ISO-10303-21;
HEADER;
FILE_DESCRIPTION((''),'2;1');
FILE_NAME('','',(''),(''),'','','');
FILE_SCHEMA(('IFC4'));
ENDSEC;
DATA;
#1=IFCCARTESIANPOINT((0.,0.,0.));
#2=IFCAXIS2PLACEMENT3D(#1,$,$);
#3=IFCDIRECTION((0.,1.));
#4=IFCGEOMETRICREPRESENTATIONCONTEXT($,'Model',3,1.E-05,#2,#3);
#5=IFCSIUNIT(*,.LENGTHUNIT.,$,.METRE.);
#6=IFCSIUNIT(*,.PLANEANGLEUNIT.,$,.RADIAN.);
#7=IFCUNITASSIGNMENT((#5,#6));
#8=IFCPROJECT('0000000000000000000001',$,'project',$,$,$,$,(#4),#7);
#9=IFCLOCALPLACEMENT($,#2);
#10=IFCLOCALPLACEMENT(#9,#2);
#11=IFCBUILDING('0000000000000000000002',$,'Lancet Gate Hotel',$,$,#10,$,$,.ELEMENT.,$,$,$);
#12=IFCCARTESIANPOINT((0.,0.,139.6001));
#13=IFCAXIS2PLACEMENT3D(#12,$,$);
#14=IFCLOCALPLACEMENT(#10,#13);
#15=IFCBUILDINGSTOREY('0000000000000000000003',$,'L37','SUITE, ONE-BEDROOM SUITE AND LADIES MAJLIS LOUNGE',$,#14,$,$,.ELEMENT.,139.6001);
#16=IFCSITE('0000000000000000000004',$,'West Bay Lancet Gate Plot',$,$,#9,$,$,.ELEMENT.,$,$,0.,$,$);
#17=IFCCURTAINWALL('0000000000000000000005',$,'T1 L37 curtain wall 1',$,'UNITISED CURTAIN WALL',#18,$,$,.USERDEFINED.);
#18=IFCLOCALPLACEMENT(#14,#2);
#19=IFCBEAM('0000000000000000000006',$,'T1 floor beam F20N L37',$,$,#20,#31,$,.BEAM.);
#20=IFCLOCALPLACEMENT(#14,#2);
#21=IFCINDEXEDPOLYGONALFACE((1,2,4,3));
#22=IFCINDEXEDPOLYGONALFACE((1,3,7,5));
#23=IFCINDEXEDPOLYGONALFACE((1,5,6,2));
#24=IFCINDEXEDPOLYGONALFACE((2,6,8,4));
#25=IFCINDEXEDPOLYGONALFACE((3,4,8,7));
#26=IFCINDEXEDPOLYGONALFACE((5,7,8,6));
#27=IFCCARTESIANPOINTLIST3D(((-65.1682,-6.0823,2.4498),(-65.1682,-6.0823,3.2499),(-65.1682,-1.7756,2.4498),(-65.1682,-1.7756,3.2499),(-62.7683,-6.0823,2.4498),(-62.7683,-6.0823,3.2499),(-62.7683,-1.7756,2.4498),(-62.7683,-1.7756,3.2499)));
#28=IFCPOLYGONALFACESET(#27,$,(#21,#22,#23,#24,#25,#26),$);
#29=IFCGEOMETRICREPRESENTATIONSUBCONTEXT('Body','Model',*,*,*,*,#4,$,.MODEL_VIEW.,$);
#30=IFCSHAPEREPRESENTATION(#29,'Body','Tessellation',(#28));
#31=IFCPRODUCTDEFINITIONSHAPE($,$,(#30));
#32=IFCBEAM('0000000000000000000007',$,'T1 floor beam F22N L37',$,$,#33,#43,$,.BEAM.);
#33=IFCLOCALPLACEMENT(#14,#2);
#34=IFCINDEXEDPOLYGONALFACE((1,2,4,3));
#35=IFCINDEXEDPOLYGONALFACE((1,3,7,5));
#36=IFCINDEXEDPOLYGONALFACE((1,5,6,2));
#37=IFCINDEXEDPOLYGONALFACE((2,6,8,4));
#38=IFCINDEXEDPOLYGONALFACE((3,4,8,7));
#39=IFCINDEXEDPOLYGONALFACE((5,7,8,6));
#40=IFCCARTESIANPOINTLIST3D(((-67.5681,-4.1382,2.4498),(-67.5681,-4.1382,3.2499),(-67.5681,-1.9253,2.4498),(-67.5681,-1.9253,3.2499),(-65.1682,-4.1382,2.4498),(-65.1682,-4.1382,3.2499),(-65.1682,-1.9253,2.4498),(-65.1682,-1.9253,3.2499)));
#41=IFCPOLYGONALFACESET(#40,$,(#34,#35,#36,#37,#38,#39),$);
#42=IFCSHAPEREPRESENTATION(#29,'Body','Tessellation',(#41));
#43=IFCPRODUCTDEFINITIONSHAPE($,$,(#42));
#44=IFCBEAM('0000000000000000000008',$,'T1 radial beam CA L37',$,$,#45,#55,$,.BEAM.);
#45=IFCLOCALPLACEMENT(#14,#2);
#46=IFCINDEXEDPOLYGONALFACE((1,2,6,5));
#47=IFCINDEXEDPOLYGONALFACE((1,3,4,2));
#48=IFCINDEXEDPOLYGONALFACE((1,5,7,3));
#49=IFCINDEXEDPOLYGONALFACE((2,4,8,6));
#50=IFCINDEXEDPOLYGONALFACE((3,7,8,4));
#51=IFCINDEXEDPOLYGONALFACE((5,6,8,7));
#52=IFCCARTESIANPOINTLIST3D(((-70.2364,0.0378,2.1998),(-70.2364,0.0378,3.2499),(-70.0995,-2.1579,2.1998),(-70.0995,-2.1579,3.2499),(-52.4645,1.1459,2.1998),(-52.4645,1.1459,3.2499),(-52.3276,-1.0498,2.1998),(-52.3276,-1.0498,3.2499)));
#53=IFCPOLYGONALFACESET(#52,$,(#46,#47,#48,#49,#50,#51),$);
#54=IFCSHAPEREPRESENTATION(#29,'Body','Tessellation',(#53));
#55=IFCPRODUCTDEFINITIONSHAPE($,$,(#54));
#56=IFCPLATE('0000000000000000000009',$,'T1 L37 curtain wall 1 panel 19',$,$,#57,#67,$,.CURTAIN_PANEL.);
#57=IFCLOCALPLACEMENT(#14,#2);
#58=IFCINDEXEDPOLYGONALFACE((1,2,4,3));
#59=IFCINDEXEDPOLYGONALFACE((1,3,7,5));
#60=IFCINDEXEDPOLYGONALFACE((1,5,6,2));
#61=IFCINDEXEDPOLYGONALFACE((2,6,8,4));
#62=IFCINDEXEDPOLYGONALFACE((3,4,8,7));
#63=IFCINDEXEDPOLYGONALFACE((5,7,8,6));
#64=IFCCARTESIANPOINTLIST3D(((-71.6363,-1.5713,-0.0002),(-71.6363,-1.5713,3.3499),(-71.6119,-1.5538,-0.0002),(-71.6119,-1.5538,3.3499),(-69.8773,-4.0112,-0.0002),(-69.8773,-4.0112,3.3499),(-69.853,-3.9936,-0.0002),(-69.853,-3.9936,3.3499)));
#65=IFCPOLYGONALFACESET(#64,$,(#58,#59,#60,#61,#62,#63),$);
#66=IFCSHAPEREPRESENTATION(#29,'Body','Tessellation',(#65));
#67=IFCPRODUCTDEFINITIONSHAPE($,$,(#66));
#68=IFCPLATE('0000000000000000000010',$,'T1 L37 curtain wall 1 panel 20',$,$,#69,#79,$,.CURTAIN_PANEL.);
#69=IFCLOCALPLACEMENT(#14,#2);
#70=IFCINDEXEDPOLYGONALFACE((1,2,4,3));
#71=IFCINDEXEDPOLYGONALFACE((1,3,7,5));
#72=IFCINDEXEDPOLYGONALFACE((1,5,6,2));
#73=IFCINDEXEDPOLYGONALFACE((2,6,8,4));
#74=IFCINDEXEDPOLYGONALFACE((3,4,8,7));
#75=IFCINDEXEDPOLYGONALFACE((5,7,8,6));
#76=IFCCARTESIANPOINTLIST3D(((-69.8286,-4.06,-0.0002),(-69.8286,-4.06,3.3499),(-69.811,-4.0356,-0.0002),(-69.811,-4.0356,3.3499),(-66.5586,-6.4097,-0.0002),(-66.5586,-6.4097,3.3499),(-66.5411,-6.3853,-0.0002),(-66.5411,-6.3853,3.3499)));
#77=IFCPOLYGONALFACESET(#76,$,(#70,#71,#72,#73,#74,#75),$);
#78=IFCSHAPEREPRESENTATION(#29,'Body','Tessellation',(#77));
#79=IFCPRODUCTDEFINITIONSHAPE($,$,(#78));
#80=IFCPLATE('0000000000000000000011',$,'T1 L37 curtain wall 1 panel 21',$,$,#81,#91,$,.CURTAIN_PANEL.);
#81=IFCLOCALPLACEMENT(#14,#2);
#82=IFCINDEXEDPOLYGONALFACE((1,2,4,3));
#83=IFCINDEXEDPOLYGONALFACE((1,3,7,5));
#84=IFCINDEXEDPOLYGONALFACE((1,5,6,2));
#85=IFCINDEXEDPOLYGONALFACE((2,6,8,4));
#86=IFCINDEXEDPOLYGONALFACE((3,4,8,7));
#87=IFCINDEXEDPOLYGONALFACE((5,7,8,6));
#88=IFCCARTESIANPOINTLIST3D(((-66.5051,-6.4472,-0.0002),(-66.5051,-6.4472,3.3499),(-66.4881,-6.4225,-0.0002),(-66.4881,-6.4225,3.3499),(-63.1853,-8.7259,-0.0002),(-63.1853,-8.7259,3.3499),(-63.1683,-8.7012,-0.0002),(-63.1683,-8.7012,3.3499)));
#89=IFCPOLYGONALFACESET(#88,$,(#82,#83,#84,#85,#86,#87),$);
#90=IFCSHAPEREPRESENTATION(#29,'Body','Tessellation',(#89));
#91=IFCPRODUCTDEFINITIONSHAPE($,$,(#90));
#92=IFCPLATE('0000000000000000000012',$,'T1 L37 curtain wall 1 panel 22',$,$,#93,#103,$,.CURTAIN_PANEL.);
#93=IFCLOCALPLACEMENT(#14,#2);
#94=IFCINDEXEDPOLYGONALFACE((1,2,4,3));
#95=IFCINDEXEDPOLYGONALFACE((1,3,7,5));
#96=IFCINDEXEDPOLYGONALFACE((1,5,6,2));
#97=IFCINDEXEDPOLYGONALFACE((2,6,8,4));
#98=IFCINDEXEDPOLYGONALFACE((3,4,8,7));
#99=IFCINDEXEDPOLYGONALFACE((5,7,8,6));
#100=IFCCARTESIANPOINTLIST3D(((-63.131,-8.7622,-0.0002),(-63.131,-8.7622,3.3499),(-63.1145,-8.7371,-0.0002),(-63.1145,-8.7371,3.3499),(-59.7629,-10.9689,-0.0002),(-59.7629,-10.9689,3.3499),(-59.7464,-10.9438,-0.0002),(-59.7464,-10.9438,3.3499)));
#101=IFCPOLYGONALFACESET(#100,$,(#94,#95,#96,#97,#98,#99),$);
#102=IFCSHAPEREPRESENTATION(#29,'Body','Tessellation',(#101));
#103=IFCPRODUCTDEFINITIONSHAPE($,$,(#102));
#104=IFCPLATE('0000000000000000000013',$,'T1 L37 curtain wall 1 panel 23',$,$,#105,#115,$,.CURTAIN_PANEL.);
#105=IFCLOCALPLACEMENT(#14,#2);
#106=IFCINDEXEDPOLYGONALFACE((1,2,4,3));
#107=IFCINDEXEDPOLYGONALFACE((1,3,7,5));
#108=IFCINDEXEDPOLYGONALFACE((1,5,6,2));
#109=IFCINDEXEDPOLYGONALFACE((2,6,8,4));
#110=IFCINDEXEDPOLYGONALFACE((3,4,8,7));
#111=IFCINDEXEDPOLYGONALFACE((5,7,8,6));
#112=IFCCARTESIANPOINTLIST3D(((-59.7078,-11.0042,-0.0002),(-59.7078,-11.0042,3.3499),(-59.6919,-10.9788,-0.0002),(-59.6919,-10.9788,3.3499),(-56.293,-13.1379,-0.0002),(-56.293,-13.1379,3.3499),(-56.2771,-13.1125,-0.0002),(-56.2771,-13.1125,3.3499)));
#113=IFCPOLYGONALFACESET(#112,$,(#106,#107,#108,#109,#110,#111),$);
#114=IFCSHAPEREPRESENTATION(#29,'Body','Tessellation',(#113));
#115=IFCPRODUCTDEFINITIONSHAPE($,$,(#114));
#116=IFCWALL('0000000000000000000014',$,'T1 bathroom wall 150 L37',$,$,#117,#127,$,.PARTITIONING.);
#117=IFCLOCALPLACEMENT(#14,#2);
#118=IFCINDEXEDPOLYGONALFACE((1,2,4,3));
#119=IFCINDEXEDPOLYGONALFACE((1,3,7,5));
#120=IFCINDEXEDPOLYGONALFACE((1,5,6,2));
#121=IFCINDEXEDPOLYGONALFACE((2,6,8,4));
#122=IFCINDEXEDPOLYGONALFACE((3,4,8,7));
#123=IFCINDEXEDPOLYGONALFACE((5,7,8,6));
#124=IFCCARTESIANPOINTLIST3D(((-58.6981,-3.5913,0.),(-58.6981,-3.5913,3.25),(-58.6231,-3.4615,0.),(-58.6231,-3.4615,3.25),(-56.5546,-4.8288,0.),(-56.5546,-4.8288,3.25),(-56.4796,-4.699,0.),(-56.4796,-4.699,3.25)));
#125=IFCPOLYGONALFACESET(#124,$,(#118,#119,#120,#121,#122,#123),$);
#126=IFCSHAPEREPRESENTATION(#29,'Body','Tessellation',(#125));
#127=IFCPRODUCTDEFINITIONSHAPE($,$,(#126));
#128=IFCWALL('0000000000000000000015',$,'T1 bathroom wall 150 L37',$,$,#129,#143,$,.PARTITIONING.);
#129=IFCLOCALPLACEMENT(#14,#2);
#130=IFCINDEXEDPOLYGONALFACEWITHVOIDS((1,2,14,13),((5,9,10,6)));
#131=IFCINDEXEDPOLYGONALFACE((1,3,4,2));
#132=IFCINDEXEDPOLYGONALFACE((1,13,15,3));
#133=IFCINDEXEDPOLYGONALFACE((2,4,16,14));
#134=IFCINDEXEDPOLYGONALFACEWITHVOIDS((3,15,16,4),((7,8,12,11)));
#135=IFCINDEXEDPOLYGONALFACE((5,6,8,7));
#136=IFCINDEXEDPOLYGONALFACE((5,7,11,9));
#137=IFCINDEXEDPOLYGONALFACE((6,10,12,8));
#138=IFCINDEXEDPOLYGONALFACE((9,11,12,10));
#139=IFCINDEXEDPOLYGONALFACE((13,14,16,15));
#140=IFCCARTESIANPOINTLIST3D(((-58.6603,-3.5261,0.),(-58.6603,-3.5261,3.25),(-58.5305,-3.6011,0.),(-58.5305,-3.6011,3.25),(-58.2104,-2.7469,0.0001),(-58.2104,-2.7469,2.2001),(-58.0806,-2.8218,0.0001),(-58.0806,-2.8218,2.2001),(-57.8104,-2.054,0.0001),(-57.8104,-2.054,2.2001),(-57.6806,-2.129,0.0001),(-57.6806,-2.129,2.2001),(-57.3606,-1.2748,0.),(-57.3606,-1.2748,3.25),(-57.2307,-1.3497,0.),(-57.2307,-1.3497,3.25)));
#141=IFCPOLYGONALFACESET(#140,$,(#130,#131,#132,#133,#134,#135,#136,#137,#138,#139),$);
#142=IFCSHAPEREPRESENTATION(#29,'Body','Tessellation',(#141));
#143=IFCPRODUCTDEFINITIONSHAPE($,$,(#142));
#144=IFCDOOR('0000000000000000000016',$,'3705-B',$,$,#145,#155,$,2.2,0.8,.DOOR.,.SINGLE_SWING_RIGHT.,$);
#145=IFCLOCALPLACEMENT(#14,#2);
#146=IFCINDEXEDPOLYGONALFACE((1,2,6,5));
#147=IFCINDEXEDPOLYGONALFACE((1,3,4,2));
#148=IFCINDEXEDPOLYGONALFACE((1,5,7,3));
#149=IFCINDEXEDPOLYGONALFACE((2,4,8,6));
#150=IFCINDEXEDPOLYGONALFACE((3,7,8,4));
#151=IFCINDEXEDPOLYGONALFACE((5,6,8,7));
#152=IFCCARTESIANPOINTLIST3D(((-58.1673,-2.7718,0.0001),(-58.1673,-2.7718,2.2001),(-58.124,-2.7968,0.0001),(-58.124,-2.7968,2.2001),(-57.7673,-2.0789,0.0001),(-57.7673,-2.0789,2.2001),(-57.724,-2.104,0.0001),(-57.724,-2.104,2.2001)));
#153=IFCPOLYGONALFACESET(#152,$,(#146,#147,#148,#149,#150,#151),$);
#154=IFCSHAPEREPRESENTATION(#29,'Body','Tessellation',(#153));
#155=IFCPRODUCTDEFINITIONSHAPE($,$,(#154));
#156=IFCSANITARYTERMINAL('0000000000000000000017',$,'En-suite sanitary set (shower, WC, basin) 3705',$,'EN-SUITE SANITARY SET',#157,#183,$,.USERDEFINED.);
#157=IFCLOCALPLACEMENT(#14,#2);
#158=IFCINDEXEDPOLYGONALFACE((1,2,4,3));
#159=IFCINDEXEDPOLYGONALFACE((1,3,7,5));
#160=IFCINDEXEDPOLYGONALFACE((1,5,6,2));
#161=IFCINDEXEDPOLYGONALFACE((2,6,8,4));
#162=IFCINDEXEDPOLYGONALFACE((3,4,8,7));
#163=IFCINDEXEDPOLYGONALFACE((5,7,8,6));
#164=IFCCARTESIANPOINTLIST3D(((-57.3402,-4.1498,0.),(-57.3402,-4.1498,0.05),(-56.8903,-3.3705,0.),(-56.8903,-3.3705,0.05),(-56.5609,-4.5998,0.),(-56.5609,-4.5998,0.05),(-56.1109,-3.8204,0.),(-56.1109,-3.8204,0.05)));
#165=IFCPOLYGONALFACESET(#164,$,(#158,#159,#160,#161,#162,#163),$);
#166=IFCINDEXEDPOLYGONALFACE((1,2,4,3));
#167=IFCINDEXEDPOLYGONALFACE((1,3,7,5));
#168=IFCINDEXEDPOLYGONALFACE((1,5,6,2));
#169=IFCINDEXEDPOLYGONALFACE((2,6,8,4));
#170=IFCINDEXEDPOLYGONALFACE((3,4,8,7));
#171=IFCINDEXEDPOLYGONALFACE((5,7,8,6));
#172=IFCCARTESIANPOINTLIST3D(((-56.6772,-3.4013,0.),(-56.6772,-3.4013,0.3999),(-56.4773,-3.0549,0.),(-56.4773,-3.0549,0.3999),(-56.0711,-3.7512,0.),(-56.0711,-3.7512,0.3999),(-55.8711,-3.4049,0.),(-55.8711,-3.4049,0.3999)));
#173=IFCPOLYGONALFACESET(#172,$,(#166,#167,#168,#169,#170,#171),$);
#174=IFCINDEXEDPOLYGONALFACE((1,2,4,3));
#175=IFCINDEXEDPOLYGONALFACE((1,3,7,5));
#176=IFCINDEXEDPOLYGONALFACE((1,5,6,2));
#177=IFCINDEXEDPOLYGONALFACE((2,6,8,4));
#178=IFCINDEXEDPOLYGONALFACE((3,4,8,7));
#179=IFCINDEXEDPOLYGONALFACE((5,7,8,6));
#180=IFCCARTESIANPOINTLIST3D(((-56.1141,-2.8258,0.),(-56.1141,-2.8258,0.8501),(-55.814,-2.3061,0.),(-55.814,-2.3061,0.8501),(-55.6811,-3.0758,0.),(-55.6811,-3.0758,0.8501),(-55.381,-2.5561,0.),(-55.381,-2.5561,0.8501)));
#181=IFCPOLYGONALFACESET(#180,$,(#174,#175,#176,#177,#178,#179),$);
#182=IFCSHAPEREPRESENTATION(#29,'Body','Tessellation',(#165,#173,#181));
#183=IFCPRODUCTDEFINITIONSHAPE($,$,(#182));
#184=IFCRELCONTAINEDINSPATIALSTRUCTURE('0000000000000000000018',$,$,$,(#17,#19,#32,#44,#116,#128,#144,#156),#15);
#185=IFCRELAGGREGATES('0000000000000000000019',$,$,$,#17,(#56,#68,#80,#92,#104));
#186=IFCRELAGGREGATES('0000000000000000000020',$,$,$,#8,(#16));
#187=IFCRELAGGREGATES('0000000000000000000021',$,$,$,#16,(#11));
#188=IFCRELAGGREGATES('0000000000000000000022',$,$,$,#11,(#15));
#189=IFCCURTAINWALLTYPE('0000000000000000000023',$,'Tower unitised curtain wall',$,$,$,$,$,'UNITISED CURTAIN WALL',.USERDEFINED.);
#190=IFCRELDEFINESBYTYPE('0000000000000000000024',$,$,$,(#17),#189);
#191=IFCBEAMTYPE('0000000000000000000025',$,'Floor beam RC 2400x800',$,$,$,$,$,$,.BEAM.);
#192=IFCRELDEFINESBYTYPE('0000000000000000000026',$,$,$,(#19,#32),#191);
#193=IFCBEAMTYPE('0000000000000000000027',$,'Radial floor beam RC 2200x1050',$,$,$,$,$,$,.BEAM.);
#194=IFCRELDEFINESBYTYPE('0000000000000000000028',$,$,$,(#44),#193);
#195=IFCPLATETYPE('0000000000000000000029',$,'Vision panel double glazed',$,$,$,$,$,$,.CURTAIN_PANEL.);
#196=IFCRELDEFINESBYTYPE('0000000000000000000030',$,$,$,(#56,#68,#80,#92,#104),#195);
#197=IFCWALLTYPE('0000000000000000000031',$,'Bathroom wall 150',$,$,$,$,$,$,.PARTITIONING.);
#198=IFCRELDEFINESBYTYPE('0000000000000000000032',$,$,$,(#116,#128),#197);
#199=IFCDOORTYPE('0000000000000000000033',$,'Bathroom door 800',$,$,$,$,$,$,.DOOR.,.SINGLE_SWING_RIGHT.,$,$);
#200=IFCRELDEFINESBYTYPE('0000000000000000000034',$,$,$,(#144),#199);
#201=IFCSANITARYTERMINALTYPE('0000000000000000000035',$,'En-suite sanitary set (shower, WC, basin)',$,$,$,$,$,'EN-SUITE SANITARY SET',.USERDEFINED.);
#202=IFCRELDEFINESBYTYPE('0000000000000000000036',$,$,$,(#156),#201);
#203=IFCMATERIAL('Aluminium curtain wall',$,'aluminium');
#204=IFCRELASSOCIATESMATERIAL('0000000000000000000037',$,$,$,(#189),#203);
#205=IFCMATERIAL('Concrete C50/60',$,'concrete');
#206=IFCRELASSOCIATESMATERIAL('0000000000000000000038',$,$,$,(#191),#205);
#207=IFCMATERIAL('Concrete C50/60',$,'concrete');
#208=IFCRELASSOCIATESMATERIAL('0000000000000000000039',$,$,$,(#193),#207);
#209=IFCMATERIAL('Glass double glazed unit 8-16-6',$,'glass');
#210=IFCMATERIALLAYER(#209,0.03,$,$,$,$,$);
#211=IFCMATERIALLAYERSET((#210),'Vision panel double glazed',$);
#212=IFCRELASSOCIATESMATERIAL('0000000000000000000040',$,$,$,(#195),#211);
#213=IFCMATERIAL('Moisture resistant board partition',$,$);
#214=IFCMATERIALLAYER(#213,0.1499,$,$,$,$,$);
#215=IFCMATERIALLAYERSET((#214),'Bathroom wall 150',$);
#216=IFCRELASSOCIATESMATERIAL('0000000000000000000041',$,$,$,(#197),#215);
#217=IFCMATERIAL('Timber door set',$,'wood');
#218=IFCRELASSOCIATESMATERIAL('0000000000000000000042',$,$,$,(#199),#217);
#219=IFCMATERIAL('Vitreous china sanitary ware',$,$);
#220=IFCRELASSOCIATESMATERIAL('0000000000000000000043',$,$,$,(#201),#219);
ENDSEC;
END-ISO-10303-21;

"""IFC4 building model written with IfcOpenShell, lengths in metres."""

from ifc_helpers import new_model, si_unit, direction, frame, frame_2d, origin, origin_2d, place, context, subcontext, project, spatial, rectangle, extrude, material, layer, layer_set, material_profile, profile_set, type_object, element, fill, aggregate, save


model = new_model("IFC4")

# Units and contexts
model_context = context("Model", 3, precision=1e-05, world=origin(), true_north=direction((0.0, 1.0)))
body_context = subcontext(model_context, "Body", "Model", "MODEL_VIEW")
ifc_project = project(units=[si_unit("LENGTHUNIT", "METRE"), si_unit("PLANEANGLEUNIT", "RADIAN")], contexts=[model_context])

# Site, building, storey
site_placement = place(None, origin())
site = spatial("IfcSite", under=ifc_project, at=site_placement, Name="West Bay Lancet Gate Plot", CompositionType="ELEMENT", RefElevation=0.0)
building_placement = place(site_placement, origin())
building = spatial("IfcBuilding", under=site, at=building_placement, Name="Lancet Gate Hotel", CompositionType="ELEMENT")
storey_placement = place(building_placement, frame((0.0, 0.0, 139.6001)))
storey = spatial("IfcBuildingStorey", under=building, at=storey_placement, Name="L37", Description="SUITE, ONE-BEDROOM SUITE AND LADIES MAJLIS LOUNGE", CompositionType="ELEMENT", Elevation=139.6001)

# Curtain wall
ifc_material_1 = material(Name="Aluminium curtain wall", Category="aluminium")
curtain_wall_type = type_object("IfcCurtainWallType", Name="Tower unitised curtain wall", ElementType="UNITISED CURTAIN WALL", PredefinedType="USERDEFINED", material=ifc_material_1)
curtain_wall_placement = place(storey_placement, origin())
curtain_wall = element("IfcCurtainWall", 1, at=curtain_wall_placement, inside=storey, type_object=curtain_wall_type, Name="T1 L37 curtain wall 1", ObjectType="UNITISED CURTAIN WALL", PredefinedType="USERDEFINED")

# Beams
ifc_material_2 = material(Name="Concrete C50/60", Category="concrete")
ifc_material_profile_1 = material_profile(ifc_material_2, rectangle(XDim=2.3999, YDim=0.8, at=origin_2d()), Name="RC 2400x800")
ifc_profile_set_1 = profile_set([ifc_material_profile_1], Name="Concrete C50/60")
beam_type_1 = type_object("IfcBeamType", Name="Floor beam RC 2400x800", PredefinedType="BEAM", material=ifc_profile_set_1)
beam_1_placement = place(storey_placement, frame((-63.9683, -1.7756, 2.8499), z_axis=(0.0, -1.0, 0.0), x_axis=(1.0, 0.0, 0.0)))
element("IfcBeam", 2, at=beam_1_placement, inside=storey, type_object=beam_type_1, Name="T1 floor beam F20N L37", PredefinedType="BEAM", context=body_context, shape_type="SweptSolid", body=[
    extrude(rectangle(XDim=2.3999, YDim=0.8, at=origin_2d()), origin(), (0.0, 0.0, 1.0), 4.3066),
])
beam_2_placement = place(storey_placement, frame((-66.3682, -1.9253, 2.8499), z_axis=(0.0, -1.0, 0.0), x_axis=(1.0, 0.0, 0.0)))
element("IfcBeam", 3, at=beam_2_placement, inside=storey, type_object=beam_type_1, Name="T1 floor beam F22N L37", PredefinedType="BEAM", context=body_context, shape_type="SweptSolid", body=[
    extrude(rectangle(XDim=2.3999, YDim=0.8, at=origin_2d()), origin(), (0.0, 0.0, 1.0), 2.2129),
])
ifc_material_3 = material(Name="Concrete C50/60", Category="concrete")
ifc_material_profile_2 = material_profile(ifc_material_3, rectangle(XDim=2.2, YDim=1.05, at=origin_2d()), Name="RC 2200x1050")
ifc_profile_set_2 = profile_set([ifc_material_profile_2], Name="Concrete C50/60")
beam_type_2 = type_object("IfcBeamType", Name="Radial floor beam RC 2200x1050", PredefinedType="BEAM", material=ifc_profile_set_2)
beam_3_placement = place(storey_placement, frame((-70.168, -1.0601, 2.7249), z_axis=(0.998062, 0.062233, 0.0), x_axis=(-0.062233, 0.998062, 0.0)))
element("IfcBeam", 4, at=beam_3_placement, inside=storey, type_object=beam_type_2, Name="T1 radial beam CA L37", PredefinedType="BEAM", context=body_context, shape_type="SweptSolid", body=[
    extrude(rectangle(XDim=2.2, YDim=1.05, at=origin_2d()), origin(), (0.0, 0.0, 1.0), 17.8064),
])

# Plates
ifc_material_4 = material(Name="Glass double glazed unit 8-16-6", Category="glass")
ifc_layer_1 = layer(ifc_material_4, 0.03)
ifc_layer_set_1 = layer_set([ifc_layer_1], Name="Vision panel double glazed")
plate_type = type_object("IfcPlateType", Name="Vision panel double glazed", PredefinedType="CURTAIN_PANEL", material=ifc_layer_set_1)
plate_1_placement = place(storey_placement, frame((-70.7446, -2.7825, -0.0002), z_axis=(0.0, 0.0, 1.0), x_axis=(0.584809, -0.811171, 0.0)))
plate_1 = element("IfcPlate", 5, at=plate_1_placement, type_object=plate_type, Name="T1 L37 curtain wall 1 panel 19", PredefinedType="CURTAIN_PANEL", context=body_context, shape_type="SweptSolid", body=[
    extrude(rectangle(XDim=3.0078, YDim=0.03, at=origin_2d()), origin(), (0.0, 0.0, 1.0), 3.3501),
])
plate_2_placement = place(storey_placement, frame((-68.1848, -5.2227, -0.0002), z_axis=(0.0, 0.0, 1.0), x_axis=(0.812093, -0.583528, 0.0)))
plate_2 = element("IfcPlate", 6, at=plate_2_placement, type_object=plate_type, Name="T1 L37 curtain wall 1 panel 20", PredefinedType="CURTAIN_PANEL", context=body_context, shape_type="SweptSolid", body=[
    extrude(rectangle(XDim=4.0266, YDim=0.03, at=origin_2d()), origin(), (0.0, 0.0, 1.0), 3.3501),
])
plate_3_placement = place(storey_placement, frame((-64.8367, -7.5742, -0.0002), z_axis=(0.0, 0.0, 1.0), x_axis=(0.824466, -0.565911, 0.0)))
plate_3 = element("IfcPlate", 7, at=plate_3_placement, type_object=plate_type, Name="T1 L37 curtain wall 1 panel 21", PredefinedType="CURTAIN_PANEL", context=body_context, shape_type="SweptSolid", body=[
    extrude(rectangle(XDim=4.0266, YDim=0.03, at=origin_2d()), origin(), (0.0, 0.0, 1.0), 3.3501),
])
plate_4_placement = place(storey_placement, frame((-61.4387, -9.853, -0.0002), z_axis=(0.0, 0.0, 1.0), x_axis=(0.836458, -0.548032, 0.0)))
plate_4 = element("IfcPlate", 8, at=plate_4_placement, type_object=plate_type, Name="T1 L37 curtain wall 1 panel 22", PredefinedType="CURTAIN_PANEL", context=body_context, shape_type="SweptSolid", body=[
    extrude(rectangle(XDim=4.0266, YDim=0.03, at=origin_2d()), origin(), (0.0, 0.0, 1.0), 3.3501),
])
plate_5_placement = place(storey_placement, frame((-57.9924, -12.0583, -0.0002), z_axis=(0.0, 0.0, 1.0), x_axis=(0.848061, -0.529899, 0.0)))
plate_5 = element("IfcPlate", 9, at=plate_5_placement, type_object=plate_type, Name="T1 L37 curtain wall 1 panel 23", PredefinedType="CURTAIN_PANEL", context=body_context, shape_type="SweptSolid", body=[
    extrude(rectangle(XDim=4.0266, YDim=0.03, at=origin_2d()), origin(), (0.0, 0.0, 1.0), 3.3501),
])
aggregate(curtain_wall, [plate_1, plate_2, plate_3, plate_4, plate_5])

# Wall
ifc_material_5 = material(Name="Moisture resistant board partition")
ifc_layer_2 = layer(ifc_material_5, 0.1499)
ifc_layer_set_2 = layer_set([ifc_layer_2], Name="Bathroom wall 150")
wall_type = type_object("IfcWallType", Name="Bathroom wall 150", PredefinedType="PARTITIONING", material=ifc_layer_set_2)
wall_1_placement = place(storey_placement, frame((-56.5171, -4.7639, 0.0), z_axis=(0.0, 0.0, 1.0), x_axis=(-0.866031, 0.49999, 0.0)))
element("IfcWall", 10, at=wall_1_placement, inside=storey, type_object=wall_type, Name="T1 bathroom wall 150 L37", PredefinedType="PARTITIONING", context=body_context, shape_type="SweptSolid", body=[
    extrude(rectangle(XDim=2.4751, YDim=0.1499, at=frame_2d((1.2375, 0.0))), origin(), (0.0, 0.0, 1.0), 3.25),
])

# Wall, opening, door
wall_2_placement = place(storey_placement, frame((-57.2957, -1.3123, 0.0), z_axis=(0.0, 0.0, 1.0), x_axis=(-0.499977, -0.866039, 0.0)))
wall_2 = element("IfcWall", 11, at=wall_2_placement, inside=storey, type_object=wall_type, Name="T1 bathroom wall 150 L37", PredefinedType="PARTITIONING", context=body_context, shape_type="SweptSolid", body=[
    extrude(rectangle(XDim=2.5996, YDim=0.1499, at=frame_2d((1.2998, 0.0))), origin(), (0.0, 0.0, 1.0), 3.25),
])
opening_placement = place(wall_2_placement, frame((0.8999, 0.0, 0.0)))
opening = element("IfcOpeningElement", 12, at=opening_placement, cuts=wall_2, PredefinedType="OPENING", context=body_context, shape_type="SweptSolid", body=[
    extrude(rectangle(XDim=0.8, YDim=2.2, at=frame_2d((0.3999, 1.1001))), frame((0.0, 0.085, 0.0), z_axis=(0.0, -1.0, 0.0), x_axis=(1.0, 0.0, 0.0)), (0.0, 0.0, 1.0), 0.1699),
])
ifc_material_6 = material(Name="Timber door set", Category="wood")
door_type = type_object("IfcDoorType", Name="Bathroom door 800", OperationType="SINGLE_SWING_RIGHT", PredefinedType="DOOR", material=ifc_material_6)
door_placement = place(opening_placement, origin())
door = element("IfcDoor", 13, at=door_placement, inside=storey, type_object=door_type, Name="3705-B", OperationType="SINGLE_SWING_RIGHT", OverallHeight=2.2, OverallWidth=0.8, PredefinedType="DOOR", context=body_context, shape_type="SweptSolid", body=[
    extrude(rectangle(XDim=0.8, YDim=2.2, at=frame_2d((0.3999, 1.1001))), frame((0.0, 0.0249, 0.0), z_axis=(0.0, -1.0, 0.0), x_axis=(1.0, 0.0, 0.0)), (0.0, 0.0, 1.0), 0.05),
])
fill(opening, door)

# Sanitary terminal
ifc_material_7 = material(Name="Vitreous china sanitary ware")
sanitary_terminal_type = type_object("IfcSanitaryTerminalType", Name="En-suite sanitary set (shower, WC, basin)", ElementType="EN-SUITE SANITARY SET", PredefinedType="USERDEFINED", material=ifc_material_7)
sanitary_terminal_placement = place(storey_placement, frame((-56.7256, -3.9851, 0.0), z_axis=(0.0, 0.0, 1.0), x_axis=(1.0, 0.0, 0.0)))
element("IfcSanitaryTerminal", 14, at=sanitary_terminal_placement, inside=storey, type_object=sanitary_terminal_type, Name="En-suite sanitary set (shower, WC, basin) 3705", ObjectType="EN-SUITE SANITARY SET", PredefinedType="USERDEFINED", context=body_context, shape_type="SweptSolid", body=[
    extrude(rectangle(XDim=0.8999, YDim=0.8999, at=origin_2d()), frame((0.0, 0.0, 0.0), z_axis=(0.0, 0.0, 1.0), x_axis=(-0.5, -0.866025, 0.0)), (0.0, 0.0, 1.0), 0.05),
    extrude(rectangle(XDim=0.3999, YDim=0.7, at=origin_2d()), frame((0.4514, 0.582, 0.0), z_axis=(0.0, 0.0, 1.0), x_axis=(-0.5, -0.866025, 0.0)), (0.0, 0.0, 1.0), 0.3999),
    extrude(rectangle(XDim=0.6001, YDim=0.5, at=origin_2d()), frame((0.978, 1.2942, 0.0), z_axis=(0.0, 0.0, 1.0), x_axis=(-0.5, -0.866025, 0.0)), (0.0, 0.0, 1.0), 0.8501),
])

save(model, "model.ifc")
